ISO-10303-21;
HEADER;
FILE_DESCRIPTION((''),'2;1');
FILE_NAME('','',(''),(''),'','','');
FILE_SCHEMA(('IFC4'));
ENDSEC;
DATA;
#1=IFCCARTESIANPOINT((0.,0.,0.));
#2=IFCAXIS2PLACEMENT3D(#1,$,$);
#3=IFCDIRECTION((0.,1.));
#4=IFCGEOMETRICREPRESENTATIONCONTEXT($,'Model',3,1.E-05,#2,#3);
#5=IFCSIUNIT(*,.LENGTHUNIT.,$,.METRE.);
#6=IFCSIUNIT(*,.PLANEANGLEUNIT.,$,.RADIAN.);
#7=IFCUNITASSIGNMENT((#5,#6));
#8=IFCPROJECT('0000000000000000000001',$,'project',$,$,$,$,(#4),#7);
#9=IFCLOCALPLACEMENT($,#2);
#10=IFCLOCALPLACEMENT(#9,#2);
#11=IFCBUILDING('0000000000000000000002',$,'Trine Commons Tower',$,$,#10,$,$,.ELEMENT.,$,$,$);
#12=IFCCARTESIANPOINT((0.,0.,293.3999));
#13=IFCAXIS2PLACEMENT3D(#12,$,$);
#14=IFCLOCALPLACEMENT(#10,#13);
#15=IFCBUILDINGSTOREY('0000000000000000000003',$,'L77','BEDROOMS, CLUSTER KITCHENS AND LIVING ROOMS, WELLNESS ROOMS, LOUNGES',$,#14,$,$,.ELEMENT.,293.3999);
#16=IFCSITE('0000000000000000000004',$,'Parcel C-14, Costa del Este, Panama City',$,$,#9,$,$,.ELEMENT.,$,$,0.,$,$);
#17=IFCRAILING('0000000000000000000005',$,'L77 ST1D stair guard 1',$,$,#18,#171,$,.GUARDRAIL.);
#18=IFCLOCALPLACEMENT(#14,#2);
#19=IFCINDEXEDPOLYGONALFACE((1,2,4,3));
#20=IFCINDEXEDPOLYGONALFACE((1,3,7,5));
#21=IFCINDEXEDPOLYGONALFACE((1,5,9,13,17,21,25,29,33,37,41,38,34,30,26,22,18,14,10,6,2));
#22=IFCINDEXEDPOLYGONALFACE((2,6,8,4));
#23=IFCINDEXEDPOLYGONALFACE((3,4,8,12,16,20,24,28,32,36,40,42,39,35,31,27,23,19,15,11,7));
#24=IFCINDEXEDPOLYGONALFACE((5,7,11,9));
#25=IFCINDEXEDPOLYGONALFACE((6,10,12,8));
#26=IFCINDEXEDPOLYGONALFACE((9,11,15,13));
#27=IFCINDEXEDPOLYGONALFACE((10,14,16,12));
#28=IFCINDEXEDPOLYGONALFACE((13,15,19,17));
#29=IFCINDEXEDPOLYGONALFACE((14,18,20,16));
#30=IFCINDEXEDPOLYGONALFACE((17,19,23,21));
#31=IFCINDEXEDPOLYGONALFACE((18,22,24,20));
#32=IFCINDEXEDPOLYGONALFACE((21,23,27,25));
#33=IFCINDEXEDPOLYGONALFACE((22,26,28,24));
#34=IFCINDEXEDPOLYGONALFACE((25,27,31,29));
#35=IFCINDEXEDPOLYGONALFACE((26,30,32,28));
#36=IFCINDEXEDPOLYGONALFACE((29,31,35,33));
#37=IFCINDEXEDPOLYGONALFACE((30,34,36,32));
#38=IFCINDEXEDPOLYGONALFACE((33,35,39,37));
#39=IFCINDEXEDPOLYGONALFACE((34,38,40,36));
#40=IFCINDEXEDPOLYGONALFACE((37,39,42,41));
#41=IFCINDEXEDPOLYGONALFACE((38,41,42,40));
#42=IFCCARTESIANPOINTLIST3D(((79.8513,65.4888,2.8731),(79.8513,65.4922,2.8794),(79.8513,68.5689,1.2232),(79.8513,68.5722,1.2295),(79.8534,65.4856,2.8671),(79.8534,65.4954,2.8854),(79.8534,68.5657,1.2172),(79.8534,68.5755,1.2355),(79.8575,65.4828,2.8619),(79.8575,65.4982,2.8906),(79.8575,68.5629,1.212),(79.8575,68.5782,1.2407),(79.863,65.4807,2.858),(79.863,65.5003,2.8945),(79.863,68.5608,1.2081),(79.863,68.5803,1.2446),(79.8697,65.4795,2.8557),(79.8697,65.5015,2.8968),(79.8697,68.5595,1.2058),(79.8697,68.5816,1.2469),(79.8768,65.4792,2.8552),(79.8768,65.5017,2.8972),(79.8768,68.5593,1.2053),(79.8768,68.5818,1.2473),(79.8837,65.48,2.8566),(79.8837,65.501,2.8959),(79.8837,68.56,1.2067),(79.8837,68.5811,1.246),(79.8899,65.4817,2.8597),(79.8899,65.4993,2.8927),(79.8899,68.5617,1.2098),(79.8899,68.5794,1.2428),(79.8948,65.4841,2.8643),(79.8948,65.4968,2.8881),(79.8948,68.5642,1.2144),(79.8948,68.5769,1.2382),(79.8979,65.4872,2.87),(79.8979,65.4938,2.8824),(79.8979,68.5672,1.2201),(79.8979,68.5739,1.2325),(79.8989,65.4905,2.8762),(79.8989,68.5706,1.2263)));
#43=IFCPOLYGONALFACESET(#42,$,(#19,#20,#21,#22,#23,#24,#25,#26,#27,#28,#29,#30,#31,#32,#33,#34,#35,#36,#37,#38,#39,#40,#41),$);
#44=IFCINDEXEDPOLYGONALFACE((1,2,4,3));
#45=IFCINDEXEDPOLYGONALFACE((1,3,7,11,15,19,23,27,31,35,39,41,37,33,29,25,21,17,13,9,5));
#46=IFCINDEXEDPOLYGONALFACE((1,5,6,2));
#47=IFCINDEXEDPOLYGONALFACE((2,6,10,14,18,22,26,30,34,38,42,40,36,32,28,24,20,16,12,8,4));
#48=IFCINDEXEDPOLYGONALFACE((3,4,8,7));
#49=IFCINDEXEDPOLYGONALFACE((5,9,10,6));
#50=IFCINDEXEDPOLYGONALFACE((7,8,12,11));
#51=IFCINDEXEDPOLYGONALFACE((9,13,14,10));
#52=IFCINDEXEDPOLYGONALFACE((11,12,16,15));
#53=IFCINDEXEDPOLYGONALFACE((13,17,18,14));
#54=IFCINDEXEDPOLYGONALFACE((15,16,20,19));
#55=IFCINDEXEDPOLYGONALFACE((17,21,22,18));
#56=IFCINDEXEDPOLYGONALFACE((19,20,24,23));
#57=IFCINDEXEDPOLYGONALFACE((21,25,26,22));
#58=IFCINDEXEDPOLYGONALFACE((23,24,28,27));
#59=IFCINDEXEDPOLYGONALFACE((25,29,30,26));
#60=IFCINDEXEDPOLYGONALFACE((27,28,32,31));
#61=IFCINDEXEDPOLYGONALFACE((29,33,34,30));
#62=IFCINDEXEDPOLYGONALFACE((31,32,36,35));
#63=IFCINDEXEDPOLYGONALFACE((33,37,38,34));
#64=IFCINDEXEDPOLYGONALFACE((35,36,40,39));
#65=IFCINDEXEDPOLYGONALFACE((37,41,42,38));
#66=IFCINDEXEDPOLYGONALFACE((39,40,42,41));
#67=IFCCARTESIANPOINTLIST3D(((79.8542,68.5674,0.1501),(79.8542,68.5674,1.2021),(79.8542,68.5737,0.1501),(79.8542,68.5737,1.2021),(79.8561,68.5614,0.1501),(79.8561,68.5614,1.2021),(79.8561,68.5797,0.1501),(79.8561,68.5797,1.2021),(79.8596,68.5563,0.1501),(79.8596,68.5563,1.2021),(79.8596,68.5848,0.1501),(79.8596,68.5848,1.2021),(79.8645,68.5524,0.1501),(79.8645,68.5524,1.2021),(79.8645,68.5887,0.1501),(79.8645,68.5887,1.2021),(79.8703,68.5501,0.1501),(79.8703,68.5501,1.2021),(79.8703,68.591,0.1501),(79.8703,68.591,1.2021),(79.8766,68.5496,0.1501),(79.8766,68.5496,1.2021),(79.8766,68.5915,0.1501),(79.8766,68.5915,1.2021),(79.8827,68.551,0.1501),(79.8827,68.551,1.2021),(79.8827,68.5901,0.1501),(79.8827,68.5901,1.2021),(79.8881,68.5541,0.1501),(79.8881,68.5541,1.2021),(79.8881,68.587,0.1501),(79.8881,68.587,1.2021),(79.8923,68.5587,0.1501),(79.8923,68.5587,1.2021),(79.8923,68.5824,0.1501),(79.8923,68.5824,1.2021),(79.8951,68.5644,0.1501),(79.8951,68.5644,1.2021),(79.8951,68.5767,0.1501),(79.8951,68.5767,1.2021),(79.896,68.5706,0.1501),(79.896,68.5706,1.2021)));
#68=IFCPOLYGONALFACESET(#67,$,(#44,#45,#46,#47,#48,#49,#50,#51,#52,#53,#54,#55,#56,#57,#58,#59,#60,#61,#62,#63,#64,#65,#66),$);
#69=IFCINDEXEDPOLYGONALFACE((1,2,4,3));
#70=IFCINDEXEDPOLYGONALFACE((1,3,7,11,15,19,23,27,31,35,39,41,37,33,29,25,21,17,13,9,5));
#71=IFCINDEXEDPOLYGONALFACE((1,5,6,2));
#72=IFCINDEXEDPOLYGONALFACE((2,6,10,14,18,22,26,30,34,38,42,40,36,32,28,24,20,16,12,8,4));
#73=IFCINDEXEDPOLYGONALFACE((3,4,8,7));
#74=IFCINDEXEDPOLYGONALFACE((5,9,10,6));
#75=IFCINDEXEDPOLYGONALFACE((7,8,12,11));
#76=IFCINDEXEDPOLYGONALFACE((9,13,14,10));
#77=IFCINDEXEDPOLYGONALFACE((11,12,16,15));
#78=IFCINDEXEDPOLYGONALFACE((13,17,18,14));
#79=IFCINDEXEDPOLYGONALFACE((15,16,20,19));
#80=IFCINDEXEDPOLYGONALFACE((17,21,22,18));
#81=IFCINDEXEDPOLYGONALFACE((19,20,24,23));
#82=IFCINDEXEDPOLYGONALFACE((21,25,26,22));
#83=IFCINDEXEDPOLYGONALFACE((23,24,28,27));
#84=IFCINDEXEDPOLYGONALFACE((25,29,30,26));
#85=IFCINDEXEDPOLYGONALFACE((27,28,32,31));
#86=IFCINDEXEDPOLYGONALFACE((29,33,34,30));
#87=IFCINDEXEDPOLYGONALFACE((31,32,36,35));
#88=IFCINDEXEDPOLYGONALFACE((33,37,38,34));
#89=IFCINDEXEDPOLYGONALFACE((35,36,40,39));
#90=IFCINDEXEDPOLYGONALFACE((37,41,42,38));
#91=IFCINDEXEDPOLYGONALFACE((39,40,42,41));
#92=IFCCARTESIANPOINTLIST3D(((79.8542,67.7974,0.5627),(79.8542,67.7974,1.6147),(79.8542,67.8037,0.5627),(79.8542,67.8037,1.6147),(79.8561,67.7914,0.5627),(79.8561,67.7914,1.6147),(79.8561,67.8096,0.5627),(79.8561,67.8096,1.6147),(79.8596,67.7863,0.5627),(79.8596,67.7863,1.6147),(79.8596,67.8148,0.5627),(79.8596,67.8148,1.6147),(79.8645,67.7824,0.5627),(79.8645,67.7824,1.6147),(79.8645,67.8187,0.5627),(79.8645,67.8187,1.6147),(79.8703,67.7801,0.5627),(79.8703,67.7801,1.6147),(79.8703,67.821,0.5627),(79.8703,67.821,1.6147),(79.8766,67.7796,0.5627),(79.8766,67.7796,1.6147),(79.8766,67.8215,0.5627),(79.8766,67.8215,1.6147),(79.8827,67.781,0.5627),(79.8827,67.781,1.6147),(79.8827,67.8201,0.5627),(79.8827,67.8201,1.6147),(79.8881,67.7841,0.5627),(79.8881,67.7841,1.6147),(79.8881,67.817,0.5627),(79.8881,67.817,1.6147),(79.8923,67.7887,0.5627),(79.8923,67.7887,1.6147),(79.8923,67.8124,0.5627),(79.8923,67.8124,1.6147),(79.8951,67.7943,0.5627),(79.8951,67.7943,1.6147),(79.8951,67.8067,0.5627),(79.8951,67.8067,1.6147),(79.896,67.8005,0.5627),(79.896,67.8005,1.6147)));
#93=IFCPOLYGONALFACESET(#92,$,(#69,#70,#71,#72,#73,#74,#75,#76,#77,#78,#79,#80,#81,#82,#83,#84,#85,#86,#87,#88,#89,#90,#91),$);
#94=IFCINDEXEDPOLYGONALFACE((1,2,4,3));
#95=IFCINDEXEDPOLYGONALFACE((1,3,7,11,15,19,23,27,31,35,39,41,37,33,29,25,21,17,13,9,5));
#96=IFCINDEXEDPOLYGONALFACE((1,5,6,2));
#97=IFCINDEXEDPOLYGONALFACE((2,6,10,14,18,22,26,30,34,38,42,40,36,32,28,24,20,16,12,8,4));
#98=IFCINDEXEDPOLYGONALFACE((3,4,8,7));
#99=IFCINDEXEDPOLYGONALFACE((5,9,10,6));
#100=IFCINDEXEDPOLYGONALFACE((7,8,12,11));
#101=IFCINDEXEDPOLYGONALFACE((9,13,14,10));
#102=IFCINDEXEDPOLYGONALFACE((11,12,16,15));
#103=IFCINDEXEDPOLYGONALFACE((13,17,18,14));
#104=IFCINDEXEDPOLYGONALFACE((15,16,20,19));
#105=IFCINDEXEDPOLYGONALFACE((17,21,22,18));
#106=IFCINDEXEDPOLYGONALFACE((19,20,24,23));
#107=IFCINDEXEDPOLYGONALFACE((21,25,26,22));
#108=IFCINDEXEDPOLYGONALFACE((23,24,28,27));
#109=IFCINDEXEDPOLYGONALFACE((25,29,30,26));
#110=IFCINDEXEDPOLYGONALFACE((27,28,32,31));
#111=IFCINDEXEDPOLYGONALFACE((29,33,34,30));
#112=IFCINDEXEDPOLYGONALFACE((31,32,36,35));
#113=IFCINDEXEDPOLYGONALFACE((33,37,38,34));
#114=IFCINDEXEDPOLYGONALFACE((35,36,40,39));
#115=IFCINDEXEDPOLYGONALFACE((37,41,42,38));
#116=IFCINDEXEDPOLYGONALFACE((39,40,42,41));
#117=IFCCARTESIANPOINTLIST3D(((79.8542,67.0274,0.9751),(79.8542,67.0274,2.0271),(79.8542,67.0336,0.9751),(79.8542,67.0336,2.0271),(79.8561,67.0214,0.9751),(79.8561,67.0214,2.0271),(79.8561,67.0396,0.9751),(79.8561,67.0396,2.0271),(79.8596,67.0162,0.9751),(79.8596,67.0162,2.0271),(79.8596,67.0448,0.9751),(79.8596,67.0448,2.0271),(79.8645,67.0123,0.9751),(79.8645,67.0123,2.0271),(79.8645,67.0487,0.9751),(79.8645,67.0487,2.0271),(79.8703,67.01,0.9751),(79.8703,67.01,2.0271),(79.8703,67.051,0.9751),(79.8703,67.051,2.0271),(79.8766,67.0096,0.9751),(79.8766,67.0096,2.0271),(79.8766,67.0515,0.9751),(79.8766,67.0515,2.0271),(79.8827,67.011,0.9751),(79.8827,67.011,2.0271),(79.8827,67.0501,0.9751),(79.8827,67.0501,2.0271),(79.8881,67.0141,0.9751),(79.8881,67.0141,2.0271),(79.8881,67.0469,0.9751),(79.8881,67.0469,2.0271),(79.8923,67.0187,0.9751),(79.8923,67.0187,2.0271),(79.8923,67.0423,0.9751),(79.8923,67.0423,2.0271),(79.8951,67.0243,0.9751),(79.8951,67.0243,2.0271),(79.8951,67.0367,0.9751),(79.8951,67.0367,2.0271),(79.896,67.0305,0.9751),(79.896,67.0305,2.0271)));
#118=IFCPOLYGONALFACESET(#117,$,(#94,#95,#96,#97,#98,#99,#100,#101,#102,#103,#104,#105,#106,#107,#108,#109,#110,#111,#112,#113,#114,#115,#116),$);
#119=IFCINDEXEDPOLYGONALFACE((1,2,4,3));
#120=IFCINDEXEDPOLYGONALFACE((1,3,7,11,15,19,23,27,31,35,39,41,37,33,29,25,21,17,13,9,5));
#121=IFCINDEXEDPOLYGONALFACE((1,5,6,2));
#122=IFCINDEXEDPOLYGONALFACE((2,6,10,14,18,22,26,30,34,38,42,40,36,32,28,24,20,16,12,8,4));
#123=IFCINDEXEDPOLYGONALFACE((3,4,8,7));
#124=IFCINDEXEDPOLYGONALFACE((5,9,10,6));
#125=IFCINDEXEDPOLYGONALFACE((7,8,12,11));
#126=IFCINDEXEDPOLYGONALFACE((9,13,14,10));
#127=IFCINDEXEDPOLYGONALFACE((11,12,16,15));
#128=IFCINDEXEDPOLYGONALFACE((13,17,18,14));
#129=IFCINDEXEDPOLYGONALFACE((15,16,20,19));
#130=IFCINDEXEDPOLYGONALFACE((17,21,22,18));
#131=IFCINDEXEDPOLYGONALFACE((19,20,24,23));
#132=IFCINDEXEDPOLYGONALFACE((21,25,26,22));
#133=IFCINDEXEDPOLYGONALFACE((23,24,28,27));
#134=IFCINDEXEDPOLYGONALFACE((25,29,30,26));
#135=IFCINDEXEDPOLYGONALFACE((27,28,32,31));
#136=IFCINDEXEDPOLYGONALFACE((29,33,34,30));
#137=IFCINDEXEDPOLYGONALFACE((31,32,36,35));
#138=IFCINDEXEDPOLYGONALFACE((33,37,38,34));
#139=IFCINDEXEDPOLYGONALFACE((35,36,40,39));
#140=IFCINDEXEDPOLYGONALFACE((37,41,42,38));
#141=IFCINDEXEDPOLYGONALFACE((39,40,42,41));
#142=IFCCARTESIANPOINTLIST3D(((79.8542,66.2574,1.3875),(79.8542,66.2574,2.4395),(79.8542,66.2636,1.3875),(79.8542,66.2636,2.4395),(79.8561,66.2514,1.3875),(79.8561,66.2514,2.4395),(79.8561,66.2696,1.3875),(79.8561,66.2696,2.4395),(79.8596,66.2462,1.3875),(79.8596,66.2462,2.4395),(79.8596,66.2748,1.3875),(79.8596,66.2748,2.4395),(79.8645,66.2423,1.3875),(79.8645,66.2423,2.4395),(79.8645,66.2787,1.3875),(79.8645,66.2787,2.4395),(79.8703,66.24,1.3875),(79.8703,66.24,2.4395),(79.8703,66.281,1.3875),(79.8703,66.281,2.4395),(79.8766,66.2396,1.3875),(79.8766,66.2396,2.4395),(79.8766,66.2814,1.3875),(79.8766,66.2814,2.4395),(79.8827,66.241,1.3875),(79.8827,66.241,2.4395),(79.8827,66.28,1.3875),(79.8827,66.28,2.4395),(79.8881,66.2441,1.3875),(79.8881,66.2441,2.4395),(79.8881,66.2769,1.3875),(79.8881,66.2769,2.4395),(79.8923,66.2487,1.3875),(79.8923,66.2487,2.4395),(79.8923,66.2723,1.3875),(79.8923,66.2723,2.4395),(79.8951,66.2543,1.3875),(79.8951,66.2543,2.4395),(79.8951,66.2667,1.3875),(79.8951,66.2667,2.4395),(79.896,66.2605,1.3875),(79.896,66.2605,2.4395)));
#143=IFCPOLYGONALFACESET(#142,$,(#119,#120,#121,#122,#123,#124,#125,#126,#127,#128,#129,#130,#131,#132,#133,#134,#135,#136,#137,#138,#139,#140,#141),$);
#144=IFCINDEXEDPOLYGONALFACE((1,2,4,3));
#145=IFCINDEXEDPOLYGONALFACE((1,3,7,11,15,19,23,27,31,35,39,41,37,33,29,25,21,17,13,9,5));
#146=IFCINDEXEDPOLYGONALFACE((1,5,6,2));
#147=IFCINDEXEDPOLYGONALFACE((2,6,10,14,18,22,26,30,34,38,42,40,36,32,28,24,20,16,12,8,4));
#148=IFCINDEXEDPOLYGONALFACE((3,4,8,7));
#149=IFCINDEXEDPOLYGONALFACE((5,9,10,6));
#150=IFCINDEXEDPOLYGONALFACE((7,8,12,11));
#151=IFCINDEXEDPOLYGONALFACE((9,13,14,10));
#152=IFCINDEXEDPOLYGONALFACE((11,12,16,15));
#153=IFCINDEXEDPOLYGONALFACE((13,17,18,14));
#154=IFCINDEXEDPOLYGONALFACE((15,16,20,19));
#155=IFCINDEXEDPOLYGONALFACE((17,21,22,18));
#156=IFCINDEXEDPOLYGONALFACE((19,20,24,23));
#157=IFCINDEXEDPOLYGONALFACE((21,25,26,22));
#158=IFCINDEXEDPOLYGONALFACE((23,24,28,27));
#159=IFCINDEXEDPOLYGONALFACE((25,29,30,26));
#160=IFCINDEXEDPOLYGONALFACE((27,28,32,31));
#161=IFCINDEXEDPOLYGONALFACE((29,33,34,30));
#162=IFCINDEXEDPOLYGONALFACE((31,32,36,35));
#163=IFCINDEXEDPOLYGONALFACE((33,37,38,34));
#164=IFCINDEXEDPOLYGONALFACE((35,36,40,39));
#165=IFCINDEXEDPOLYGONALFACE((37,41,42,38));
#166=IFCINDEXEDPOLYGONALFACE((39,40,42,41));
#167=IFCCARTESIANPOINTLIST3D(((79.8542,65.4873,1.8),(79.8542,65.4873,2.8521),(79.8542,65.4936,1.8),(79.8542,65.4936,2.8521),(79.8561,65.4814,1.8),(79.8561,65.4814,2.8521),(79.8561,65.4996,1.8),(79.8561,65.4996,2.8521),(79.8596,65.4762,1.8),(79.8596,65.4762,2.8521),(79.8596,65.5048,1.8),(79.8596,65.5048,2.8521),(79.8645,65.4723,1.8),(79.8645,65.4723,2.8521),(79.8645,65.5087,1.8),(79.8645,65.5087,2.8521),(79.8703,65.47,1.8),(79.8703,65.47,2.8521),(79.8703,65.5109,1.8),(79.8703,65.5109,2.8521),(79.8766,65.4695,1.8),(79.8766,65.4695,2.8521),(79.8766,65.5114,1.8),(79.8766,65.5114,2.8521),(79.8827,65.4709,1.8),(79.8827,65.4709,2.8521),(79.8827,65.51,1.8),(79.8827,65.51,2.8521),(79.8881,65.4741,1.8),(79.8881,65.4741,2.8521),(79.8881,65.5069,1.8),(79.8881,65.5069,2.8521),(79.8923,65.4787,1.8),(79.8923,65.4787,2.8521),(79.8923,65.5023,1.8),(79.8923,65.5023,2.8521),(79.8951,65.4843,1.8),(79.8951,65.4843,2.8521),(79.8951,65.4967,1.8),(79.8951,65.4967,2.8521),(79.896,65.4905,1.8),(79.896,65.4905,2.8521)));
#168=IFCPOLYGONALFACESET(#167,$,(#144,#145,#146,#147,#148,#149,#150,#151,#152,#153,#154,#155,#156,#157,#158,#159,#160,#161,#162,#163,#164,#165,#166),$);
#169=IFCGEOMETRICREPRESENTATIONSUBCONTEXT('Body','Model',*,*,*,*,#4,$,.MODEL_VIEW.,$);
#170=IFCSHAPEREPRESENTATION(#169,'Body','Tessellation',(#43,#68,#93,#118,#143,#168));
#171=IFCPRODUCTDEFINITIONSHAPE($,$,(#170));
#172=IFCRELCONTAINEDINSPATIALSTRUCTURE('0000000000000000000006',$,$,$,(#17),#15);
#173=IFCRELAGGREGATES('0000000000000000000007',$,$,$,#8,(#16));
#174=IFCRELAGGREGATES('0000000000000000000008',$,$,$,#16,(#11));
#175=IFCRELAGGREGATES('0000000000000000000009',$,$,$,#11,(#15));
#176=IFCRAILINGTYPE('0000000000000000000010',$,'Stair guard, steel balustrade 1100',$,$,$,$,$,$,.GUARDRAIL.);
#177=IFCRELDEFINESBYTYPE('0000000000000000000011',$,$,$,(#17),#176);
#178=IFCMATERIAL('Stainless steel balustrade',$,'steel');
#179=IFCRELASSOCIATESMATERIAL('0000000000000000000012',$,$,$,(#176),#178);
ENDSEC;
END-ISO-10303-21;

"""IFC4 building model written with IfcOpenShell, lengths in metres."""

from ifc_helpers import new_model, si_unit, direction, frame, origin, origin_2d, place, context, subcontext, project, spatial, circle, extrude, material, type_object, element, save


model = new_model("IFC4")

# Units and contexts
model_context = context("Model", 3, precision=1e-05, world=origin(), true_north=direction((0.0, 1.0)))
body_context = subcontext(model_context, "Body", "Model", "MODEL_VIEW")
ifc_project = project(units=[si_unit("LENGTHUNIT", "METRE"), si_unit("PLANEANGLEUNIT", "RADIAN")], contexts=[model_context])

# Site, building, storey
site_placement = place(None, origin())
site = spatial("IfcSite", under=ifc_project, at=site_placement, Name="Parcel C-14, Costa del Este, Panama City", CompositionType="ELEMENT", RefElevation=0.0)
building_placement = place(site_placement, origin())
building = spatial("IfcBuilding", under=site, at=building_placement, Name="Trine Commons Tower", CompositionType="ELEMENT")
storey_placement = place(building_placement, frame((0.0, 0.0, 293.3999)))
storey = spatial("IfcBuildingStorey", under=building, at=storey_placement, Name="L77", Description="BEDROOMS, CLUSTER KITCHENS AND LIVING ROOMS, WELLNESS ROOMS, LOUNGES", CompositionType="ELEMENT", Elevation=293.3999)

# Railing
ifc_material_1 = material(Name="Stainless steel balustrade", Category="steel")
railing_type_1 = type_object("IfcRailingType", Name="Stair guard, steel balustrade 1100", PredefinedType="GUARDRAIL", material=ifc_material_1)
railing_1_placement = place(storey_placement, frame((79.875, 68.5706, 0.1501)))
element("IfcRailing", 1, at=railing_1_placement, inside=storey, type_object=railing_type_1, Name="L77 ST1D stair guard 1", PredefinedType="GUARDRAIL", context=body_context, shape_type="SweptSolid", body=[
    extrude(circle(Radius=0.0239, at=origin_2d()), frame((0.0, 0.0, 1.0762), z_axis=(0.0, -0.881497, 0.47219), x_axis=(1.0, 0.0, 0.0)), (0.0, 0.0, 1.0), 3.4941),
    extrude(circle(Radius=0.021, at=origin_2d()), origin(), (0.0, 0.0, 1.0), 1.052),
    extrude(circle(Radius=0.021, at=origin_2d()), frame((0.0, -0.77, 0.4126)), (0.0, 0.0, 1.0), 1.052),
    extrude(circle(Radius=0.021, at=origin_2d()), frame((0.0, -1.54, 0.825)), (0.0, 0.0, 1.0), 1.052),
    extrude(circle(Radius=0.021, at=origin_2d()), frame((0.0, -2.3101, 1.2373)), (0.0, 0.0, 1.0), 1.052),
    extrude(circle(Radius=0.021, at=origin_2d()), frame((0.0, -3.0801, 1.6499)), (0.0, 0.0, 1.0), 1.052),
])

save(model, "model.ifc")
